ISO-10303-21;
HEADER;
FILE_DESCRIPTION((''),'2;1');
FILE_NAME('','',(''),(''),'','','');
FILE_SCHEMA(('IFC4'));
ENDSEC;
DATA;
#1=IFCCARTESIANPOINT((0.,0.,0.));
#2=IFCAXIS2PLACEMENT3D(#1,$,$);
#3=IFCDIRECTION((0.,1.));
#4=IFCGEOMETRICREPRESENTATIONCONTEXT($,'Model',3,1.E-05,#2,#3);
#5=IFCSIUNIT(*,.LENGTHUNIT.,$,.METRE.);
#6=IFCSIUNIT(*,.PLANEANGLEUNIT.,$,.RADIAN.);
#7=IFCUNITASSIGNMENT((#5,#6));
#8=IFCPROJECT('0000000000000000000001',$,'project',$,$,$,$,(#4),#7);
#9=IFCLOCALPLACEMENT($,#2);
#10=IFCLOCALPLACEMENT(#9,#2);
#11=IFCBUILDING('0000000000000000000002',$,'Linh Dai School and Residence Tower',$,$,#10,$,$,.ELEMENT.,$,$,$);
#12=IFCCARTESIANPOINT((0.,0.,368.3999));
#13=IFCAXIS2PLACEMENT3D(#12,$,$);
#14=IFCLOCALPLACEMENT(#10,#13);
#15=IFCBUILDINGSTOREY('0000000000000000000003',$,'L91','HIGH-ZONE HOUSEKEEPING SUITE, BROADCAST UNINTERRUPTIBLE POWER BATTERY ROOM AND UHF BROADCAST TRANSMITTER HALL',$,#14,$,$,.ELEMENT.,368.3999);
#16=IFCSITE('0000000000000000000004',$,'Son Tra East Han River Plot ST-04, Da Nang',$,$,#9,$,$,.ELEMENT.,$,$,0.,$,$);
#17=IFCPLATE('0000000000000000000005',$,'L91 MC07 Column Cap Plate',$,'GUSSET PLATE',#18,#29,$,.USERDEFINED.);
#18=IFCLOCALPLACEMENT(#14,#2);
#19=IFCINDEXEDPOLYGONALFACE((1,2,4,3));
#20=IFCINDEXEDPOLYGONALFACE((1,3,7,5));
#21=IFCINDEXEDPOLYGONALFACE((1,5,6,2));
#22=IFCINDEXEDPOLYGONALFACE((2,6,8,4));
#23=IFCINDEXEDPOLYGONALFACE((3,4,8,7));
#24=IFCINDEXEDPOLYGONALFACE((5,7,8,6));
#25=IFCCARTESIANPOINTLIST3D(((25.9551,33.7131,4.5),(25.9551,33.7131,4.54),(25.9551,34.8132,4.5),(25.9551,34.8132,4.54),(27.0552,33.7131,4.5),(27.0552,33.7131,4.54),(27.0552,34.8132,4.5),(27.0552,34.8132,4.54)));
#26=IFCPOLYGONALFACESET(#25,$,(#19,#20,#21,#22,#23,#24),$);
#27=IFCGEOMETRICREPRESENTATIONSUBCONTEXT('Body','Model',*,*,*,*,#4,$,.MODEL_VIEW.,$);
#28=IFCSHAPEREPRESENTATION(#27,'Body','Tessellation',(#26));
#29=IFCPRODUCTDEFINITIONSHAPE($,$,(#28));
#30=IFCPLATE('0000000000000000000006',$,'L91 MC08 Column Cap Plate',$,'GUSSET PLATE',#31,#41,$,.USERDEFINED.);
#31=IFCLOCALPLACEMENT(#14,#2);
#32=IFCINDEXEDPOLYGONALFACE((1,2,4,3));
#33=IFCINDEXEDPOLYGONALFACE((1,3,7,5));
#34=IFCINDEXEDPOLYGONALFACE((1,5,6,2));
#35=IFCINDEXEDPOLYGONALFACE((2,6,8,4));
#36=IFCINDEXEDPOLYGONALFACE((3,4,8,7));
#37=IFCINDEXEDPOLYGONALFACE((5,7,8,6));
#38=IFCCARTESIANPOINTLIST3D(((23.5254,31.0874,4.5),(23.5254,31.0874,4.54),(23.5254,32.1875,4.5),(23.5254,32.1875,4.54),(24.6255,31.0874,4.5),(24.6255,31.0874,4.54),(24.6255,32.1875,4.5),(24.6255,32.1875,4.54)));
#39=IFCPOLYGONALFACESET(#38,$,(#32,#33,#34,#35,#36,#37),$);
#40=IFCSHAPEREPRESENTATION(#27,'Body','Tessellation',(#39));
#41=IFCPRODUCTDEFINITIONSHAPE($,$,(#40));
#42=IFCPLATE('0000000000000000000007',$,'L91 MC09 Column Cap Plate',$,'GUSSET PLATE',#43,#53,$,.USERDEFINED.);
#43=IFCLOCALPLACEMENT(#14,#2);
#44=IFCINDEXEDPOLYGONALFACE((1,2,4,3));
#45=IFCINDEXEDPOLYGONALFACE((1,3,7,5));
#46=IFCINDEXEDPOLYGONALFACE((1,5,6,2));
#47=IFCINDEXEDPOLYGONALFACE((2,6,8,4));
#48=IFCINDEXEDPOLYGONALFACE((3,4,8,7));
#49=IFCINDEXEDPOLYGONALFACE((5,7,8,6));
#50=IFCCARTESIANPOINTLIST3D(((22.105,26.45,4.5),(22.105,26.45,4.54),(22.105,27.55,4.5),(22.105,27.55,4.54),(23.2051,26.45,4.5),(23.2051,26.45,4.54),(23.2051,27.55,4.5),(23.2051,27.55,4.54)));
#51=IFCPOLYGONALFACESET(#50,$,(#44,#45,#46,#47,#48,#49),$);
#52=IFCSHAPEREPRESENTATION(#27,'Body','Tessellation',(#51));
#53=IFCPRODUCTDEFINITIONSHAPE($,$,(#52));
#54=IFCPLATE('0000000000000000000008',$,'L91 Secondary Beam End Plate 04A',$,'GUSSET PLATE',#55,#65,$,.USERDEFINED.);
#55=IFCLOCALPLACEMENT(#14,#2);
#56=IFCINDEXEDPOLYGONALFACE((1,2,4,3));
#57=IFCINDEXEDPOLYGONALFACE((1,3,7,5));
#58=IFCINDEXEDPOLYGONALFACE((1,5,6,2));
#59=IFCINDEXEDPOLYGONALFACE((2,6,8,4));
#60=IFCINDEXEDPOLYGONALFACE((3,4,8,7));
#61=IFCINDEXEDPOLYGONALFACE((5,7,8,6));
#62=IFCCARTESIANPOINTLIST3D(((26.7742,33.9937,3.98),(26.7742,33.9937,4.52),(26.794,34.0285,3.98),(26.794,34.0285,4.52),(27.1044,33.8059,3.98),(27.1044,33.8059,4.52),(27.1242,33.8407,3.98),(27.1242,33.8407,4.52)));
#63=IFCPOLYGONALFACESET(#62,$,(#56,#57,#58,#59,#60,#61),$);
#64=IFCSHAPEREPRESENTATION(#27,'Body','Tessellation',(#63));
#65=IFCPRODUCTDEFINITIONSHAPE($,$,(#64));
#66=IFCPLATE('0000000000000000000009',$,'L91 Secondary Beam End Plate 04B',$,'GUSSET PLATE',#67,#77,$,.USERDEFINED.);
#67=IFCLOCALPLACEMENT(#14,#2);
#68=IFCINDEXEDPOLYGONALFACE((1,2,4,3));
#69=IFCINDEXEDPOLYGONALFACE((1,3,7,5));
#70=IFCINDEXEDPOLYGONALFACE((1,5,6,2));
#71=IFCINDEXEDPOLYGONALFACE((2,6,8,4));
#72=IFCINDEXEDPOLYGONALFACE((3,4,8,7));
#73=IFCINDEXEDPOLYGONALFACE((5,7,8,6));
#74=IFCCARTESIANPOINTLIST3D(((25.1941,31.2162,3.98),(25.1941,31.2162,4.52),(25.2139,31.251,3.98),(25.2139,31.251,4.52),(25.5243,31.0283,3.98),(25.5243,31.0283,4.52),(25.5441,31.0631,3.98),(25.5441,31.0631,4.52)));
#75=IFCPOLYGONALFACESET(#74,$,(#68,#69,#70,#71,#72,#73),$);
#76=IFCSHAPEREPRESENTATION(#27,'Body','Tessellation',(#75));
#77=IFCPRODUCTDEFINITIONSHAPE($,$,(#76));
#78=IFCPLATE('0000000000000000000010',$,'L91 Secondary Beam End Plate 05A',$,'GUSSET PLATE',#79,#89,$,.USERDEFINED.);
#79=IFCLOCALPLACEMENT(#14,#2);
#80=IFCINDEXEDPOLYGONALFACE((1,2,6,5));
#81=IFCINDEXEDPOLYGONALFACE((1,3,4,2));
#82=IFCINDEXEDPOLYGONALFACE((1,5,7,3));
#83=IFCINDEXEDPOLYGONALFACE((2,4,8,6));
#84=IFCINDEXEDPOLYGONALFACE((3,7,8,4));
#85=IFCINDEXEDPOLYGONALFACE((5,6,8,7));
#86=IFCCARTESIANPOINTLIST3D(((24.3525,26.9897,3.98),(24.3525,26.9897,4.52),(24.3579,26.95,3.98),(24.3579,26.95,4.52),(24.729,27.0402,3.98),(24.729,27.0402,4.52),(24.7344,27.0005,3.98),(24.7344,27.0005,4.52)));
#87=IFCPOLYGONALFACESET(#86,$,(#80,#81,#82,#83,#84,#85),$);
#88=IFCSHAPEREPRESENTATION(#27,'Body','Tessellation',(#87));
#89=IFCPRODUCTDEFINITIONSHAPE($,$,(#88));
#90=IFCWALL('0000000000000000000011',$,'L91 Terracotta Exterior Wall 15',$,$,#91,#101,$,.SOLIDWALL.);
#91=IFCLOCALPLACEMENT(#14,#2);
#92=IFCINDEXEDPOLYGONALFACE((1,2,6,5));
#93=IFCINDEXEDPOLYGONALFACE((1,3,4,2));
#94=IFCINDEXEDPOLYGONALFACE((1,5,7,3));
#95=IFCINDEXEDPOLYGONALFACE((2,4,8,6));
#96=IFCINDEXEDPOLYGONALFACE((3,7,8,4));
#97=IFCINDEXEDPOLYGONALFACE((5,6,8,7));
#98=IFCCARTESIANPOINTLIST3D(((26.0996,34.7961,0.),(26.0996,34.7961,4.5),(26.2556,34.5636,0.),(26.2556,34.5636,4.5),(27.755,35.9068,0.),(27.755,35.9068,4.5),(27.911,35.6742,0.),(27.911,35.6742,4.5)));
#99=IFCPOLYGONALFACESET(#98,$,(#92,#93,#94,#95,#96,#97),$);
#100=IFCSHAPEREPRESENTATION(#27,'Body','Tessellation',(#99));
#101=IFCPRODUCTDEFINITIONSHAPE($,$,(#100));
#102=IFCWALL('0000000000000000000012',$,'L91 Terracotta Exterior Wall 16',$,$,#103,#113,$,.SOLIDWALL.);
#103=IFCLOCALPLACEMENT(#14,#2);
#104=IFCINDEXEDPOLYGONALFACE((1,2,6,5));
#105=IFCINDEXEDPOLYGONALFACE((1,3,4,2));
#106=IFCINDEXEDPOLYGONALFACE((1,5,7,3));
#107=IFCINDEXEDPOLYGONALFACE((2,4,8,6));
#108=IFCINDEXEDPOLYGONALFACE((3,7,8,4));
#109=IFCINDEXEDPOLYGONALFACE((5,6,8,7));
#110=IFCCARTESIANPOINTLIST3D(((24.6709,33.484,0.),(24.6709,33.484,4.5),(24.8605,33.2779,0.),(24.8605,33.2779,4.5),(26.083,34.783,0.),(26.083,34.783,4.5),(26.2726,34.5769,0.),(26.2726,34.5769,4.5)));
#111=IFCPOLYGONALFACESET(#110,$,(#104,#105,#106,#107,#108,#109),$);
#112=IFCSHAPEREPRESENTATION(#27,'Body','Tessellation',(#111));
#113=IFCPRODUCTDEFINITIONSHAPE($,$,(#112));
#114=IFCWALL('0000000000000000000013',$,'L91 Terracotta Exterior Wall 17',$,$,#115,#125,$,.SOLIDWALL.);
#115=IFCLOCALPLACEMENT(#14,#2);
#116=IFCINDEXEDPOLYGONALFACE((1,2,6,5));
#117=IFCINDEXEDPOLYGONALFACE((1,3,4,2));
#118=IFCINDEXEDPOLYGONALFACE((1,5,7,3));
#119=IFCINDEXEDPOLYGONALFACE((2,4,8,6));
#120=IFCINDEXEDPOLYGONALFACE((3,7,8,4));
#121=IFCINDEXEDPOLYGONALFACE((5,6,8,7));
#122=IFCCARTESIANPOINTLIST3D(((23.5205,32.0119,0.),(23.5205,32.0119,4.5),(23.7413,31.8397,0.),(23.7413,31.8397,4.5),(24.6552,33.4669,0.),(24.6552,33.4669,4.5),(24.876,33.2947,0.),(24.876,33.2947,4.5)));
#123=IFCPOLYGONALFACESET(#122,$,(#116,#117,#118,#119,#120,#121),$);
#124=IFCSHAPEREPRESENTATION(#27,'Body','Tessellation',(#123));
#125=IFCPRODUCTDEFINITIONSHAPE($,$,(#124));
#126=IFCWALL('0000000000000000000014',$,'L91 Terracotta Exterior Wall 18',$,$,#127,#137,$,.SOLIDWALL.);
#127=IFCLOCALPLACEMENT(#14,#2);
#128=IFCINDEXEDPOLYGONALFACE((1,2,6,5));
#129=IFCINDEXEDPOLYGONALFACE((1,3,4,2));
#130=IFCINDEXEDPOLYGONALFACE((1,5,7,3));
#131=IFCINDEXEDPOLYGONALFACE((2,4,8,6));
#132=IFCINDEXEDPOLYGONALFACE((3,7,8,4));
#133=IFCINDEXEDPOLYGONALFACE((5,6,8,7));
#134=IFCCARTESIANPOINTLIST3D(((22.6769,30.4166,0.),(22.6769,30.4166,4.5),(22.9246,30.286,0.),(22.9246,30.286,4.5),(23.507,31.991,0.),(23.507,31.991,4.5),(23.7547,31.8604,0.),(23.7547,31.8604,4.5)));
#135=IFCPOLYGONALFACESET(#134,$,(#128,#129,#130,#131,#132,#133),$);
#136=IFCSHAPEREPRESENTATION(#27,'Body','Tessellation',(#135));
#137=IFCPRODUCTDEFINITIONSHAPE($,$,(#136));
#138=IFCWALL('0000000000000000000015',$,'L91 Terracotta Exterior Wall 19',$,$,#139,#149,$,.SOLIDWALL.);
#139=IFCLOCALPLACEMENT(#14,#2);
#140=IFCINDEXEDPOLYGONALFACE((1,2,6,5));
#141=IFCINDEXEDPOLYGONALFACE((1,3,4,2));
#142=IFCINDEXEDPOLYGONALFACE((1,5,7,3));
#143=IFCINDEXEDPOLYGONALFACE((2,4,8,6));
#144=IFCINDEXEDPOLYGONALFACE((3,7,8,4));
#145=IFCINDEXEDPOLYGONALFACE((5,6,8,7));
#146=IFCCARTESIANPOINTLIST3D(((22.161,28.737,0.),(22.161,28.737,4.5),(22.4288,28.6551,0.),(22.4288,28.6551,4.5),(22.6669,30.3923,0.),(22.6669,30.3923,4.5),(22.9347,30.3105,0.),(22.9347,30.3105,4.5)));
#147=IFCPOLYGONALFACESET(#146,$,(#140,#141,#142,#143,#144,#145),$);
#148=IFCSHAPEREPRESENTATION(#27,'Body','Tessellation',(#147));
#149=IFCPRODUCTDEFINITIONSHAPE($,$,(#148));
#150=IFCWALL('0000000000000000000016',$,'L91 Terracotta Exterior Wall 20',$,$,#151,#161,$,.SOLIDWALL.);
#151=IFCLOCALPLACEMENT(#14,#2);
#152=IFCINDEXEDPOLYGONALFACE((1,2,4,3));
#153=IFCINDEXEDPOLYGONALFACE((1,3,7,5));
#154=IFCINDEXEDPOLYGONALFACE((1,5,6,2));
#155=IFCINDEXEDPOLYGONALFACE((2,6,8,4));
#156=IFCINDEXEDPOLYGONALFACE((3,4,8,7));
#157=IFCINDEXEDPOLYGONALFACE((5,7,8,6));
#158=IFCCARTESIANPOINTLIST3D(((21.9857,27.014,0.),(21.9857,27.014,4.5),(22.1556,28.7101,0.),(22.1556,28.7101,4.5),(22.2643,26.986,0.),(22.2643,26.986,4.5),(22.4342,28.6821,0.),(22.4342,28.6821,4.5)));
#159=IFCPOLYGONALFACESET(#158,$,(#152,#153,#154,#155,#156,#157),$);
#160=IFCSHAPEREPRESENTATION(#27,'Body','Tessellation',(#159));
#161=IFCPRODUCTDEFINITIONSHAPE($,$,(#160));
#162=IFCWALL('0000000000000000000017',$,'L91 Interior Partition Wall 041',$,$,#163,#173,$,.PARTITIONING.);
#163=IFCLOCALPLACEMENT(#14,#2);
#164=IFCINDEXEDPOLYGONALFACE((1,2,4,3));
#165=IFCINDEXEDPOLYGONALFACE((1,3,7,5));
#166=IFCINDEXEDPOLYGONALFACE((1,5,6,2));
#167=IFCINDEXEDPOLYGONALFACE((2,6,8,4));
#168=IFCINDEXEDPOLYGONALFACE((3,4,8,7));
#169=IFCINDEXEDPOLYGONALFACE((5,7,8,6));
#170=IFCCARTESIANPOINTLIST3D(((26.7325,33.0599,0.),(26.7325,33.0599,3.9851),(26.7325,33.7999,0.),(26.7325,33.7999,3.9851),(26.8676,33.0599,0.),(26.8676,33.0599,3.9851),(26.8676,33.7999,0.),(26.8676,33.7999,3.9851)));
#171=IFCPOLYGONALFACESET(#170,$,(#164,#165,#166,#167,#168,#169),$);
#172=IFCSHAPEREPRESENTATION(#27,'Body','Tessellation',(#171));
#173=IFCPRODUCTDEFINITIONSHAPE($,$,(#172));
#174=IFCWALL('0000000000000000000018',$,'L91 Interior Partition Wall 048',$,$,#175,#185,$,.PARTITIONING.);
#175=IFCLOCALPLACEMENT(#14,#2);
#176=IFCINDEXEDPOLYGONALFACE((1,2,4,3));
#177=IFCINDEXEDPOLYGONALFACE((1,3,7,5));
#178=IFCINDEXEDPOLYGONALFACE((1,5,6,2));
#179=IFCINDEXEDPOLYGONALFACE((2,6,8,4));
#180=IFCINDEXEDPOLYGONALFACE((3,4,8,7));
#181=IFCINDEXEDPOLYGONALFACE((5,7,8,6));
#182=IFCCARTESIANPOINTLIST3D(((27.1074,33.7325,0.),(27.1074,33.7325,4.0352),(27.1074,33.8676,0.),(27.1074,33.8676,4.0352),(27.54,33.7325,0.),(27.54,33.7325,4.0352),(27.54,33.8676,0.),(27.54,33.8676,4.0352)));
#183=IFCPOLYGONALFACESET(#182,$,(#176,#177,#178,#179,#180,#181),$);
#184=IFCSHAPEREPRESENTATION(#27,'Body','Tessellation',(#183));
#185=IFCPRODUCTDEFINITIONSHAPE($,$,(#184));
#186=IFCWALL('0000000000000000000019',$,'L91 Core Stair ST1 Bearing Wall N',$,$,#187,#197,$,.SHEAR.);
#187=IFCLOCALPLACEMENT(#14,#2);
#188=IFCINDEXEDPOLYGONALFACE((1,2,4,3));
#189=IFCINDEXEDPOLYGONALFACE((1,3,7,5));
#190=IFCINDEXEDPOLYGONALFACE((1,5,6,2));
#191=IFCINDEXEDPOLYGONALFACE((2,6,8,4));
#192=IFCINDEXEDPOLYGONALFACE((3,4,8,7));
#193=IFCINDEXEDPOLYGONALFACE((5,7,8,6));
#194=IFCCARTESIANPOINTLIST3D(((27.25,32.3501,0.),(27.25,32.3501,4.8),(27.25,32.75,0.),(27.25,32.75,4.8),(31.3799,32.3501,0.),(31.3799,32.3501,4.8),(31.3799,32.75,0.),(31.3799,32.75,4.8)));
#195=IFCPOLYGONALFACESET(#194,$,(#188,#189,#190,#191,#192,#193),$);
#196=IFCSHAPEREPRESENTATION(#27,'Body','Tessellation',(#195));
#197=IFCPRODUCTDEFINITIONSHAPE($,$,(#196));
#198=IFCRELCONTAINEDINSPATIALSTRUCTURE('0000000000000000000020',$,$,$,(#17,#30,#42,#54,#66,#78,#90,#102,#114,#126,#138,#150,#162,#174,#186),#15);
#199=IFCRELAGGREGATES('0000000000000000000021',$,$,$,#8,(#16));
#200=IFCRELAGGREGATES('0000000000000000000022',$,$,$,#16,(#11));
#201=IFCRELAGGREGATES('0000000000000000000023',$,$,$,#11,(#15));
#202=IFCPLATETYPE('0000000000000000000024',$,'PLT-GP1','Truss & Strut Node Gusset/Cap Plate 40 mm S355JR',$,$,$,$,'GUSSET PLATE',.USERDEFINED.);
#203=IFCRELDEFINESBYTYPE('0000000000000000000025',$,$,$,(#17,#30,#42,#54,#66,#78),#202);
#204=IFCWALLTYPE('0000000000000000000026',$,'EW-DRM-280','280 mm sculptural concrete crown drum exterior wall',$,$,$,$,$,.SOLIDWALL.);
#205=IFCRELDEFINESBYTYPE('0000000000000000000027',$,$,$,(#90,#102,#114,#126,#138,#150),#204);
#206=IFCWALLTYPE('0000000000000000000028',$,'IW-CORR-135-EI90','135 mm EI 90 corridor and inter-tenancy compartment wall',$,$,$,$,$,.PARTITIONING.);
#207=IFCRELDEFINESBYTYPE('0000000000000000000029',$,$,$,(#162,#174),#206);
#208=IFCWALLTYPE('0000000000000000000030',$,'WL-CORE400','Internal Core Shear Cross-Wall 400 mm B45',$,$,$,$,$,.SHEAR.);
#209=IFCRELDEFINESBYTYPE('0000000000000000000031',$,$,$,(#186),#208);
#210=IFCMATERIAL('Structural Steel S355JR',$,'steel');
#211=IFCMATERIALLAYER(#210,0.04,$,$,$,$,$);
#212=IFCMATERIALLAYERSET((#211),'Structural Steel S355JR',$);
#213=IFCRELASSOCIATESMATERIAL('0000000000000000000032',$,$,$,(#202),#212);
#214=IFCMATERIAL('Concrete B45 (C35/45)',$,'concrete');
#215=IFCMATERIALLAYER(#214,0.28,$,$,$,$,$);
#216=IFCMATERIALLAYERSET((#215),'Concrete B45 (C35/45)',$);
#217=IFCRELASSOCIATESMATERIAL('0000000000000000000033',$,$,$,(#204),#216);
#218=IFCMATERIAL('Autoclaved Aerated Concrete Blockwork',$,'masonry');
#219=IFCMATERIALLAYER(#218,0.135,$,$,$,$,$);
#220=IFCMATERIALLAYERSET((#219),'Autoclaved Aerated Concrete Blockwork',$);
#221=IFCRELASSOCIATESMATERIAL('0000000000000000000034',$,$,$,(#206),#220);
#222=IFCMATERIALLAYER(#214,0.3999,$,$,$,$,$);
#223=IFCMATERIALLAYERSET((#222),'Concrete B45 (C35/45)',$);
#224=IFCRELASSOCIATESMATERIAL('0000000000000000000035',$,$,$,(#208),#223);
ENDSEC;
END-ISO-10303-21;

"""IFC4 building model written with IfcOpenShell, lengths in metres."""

from ifc_helpers import new_model, si_unit, direction, frame, frame_2d, origin, origin_2d, place, context, subcontext, project, spatial, rectangle, extrude, source, transform, mapped, material, layer, layer_set, type_object, element, save


model = new_model("IFC4")

# Units and contexts
model_context = context("Model", 3, precision=1e-05, world=origin(), true_north=direction((0.0, 1.0)))
body_context = subcontext(model_context, "Body", "Model", "MODEL_VIEW")
ifc_project = project(units=[si_unit("LENGTHUNIT", "METRE"), si_unit("PLANEANGLEUNIT", "RADIAN")], contexts=[model_context])

# Site, building, storey
site_placement = place(None, origin())
site = spatial("IfcSite", under=ifc_project, at=site_placement, Name="Son Tra East Han River Plot ST-04, Da Nang", CompositionType="ELEMENT", RefElevation=0.0)
building_placement = place(site_placement, origin())
building = spatial("IfcBuilding", under=site, at=building_placement, Name="Linh Dai School and Residence Tower", CompositionType="ELEMENT")
storey_placement = place(building_placement, frame((0.0, 0.0, 368.3999)))
storey = spatial("IfcBuildingStorey", under=building, at=storey_placement, Name="L91", Description="HIGH-ZONE HOUSEKEEPING SUITE, BROADCAST UNINTERRUPTIBLE POWER BATTERY ROOM AND UHF BROADCAST TRANSMITTER HALL", CompositionType="ELEMENT", Elevation=368.3999)

# Shared definitions
ifc_material_1 = material(Name="Concrete B45 (C35/45)", Category="concrete")
ifc_material_2 = material(Name="Structural Steel S355JR", Category="steel")

# Plates
ifc_layer_1 = layer(ifc_material_2, 0.04)
ifc_layer_set_1 = layer_set([ifc_layer_1], Name="Structural Steel S355JR")
plate_type = type_object("IfcPlateType", Name="PLT-GP1", Description="Truss & Strut Node Gusset/Cap Plate 40 mm S355JR", ElementType="GUSSET PLATE", PredefinedType="USERDEFINED", material=ifc_layer_set_1)
shared_shape_1 = source(origin(), body_context, "Body", "SweptSolid", [
    extrude(rectangle(XDim=1.1001, YDim=1.1001, at=origin_2d()), origin(), (0.0, 0.0, 1.0), 0.04),
])
for number, where, z_axis, x_axis, name in (
    (1, (26.5051, 34.2632, 4.5), (0.0, 0.0, 1.0), (1.0, 0.0, 0.0), "L91 MC07 Column Cap Plate"),
    (2, (24.0754, 31.6375, 4.5), (0.0, 0.0, 1.0), (1.0, 0.0, 0.0), "L91 MC08 Column Cap Plate"),
    (3, (22.655, 27.0, 4.5), (0.0, 0.0, 1.0), (1.0, 0.0, 0.0), "L91 MC09 Column Cap Plate"),
):
    element("IfcPlate", number, at=place(storey_placement, frame(where, z_axis=z_axis, x_axis=x_axis)), inside=storey, type_object=plate_type, Name=name, ObjectType="GUSSET PLATE", PredefinedType="USERDEFINED", context=body_context, shape_type="MappedRepresentation", body=[
        mapped(shared_shape_1, transform((0.0, 0.0, 0.0), x_axis=(1.0, 0.0, 0.0), y_axis=(0.0, 1.0, 0.0), z_axis=(0.0, 0.0, 1.0), scale=1.0)),
    ])
shared_shape_2 = source(origin(), body_context, "Body", "SweptSolid", [
    extrude(rectangle(XDim=0.04, YDim=0.3799, at=origin_2d()), origin(), (0.0, 0.0, 1.0), 0.54),
])
for number, where, z_axis, x_axis, name in (
    (4, (26.9492, 33.9172, 3.98), (0.0, 0.0, 1.0), (-0.494418, -0.869224, 0.0), "L91 Secondary Beam End Plate 04A"),
    (5, (25.3691, 31.1396, 3.98), (0.0, 0.0, 1.0), (-0.494418, -0.869224, 0.0), "L91 Secondary Beam End Plate 04B"),
    (6, (24.5435, 26.9951, 3.98), (0.0, 0.0, 1.0), (0.132973, -0.99112, 0.0), "L91 Secondary Beam End Plate 05A"),
):
    element("IfcPlate", number, at=place(storey_placement, frame(where, z_axis=z_axis, x_axis=x_axis)), inside=storey, type_object=plate_type, Name=name, ObjectType="GUSSET PLATE", PredefinedType="USERDEFINED", context=body_context, shape_type="MappedRepresentation", body=[
        mapped(shared_shape_2, transform((0.0, 0.0, 0.0), x_axis=(1.0, 0.0, 0.0), y_axis=(0.0, 1.0, 0.0), z_axis=(0.0, 0.0, 1.0), scale=1.0)),
    ])

# Walls
ifc_layer_2 = layer(ifc_material_1, 0.28)
ifc_layer_set_2 = layer_set([ifc_layer_2], Name="Concrete B45 (C35/45)")
wall_type_1 = type_object("IfcWallType", Name="EW-DRM-280", Description="280 mm sculptural concrete crown drum exterior wall", PredefinedType="SOLIDWALL", material=ifc_layer_set_2)
wall_1_placement = place(storey_placement, frame((26.1777, 34.6799, 0.0), z_axis=(0.0, 0.0, 1.0), x_axis=(0.830407, 0.557157, 0.0)))
element("IfcWall", 7, at=wall_1_placement, inside=storey, type_object=wall_type_1, Name="L91 Terracotta Exterior Wall 15", PredefinedType="SOLIDWALL", context=body_context, shape_type="SweptSolid", body=[
    extrude(rectangle(XDim=1.9934, YDim=0.28, at=frame_2d((0.9966, 0.0))), origin(), (0.0, 0.0, 1.0), 4.5),
])
wall_2_placement = place(storey_placement, frame((24.7656, 33.3809, 0.0), z_axis=(0.0, 0.0, 1.0), x_axis=(0.735949, 0.677037, 0.0)))
element("IfcWall", 8, at=wall_2_placement, inside=storey, type_object=wall_type_1, Name="L91 Terracotta Exterior Wall 16", PredefinedType="SOLIDWALL", context=body_context, shape_type="SweptSolid", body=[
    extrude(rectangle(XDim=1.9187, YDim=0.28, at=frame_2d((0.9595, 0.0))), origin(), (0.0, 0.0, 1.0), 4.5),
])
wall_3_placement = place(storey_placement, frame((23.6309, 31.9258, 0.0), z_axis=(0.0, 0.0, 1.0), x_axis=(0.614966, 0.788554, 0.0)))
element("IfcWall", 9, at=wall_3_placement, inside=storey, type_object=wall_type_1, Name="L91 Terracotta Exterior Wall 17", PredefinedType="SOLIDWALL", context=body_context, shape_type="SweptSolid", body=[
    extrude(rectangle(XDim=1.8452, YDim=0.28, at=frame_2d((0.9226, 0.0))), origin(), (0.0, 0.0, 1.0), 4.5),
])
wall_4_placement = place(storey_placement, frame((22.8008, 30.3513, 0.0), z_axis=(0.0, 0.0, 1.0), x_axis=(0.466368, 0.884591, 0.0)))
element("IfcWall", 10, at=wall_4_placement, inside=storey, type_object=wall_type_1, Name="L91 Terracotta Exterior Wall 18", PredefinedType="SOLIDWALL", context=body_context, shape_type="SweptSolid", body=[
    extrude(rectangle(XDim=1.7798, YDim=0.28, at=frame_2d((0.8899, 0.0))), origin(), (0.0, 0.0, 1.0), 4.5),
])
wall_5_placement = place(storey_placement, frame((22.2949, 28.696, 0.0), z_axis=(0.0, 0.0, 1.0), x_axis=(0.292262, 0.956338, 0.0)))
element("IfcWall", 11, at=wall_5_placement, inside=storey, type_object=wall_type_1, Name="L91 Terracotta Exterior Wall 19", PredefinedType="SOLIDWALL", context=body_context, shape_type="SweptSolid", body=[
    extrude(rectangle(XDim=1.731, YDim=0.28, at=frame_2d((0.8655, 0.0))), origin(), (0.0, 0.0, 1.0), 4.5),
])
wall_6_placement = place(storey_placement, frame((22.125, 27.0, 0.0), z_axis=(0.0, 0.0, 1.0), x_axis=(0.099688, 0.995019, 0.0)))
element("IfcWall", 12, at=wall_6_placement, inside=storey, type_object=wall_type_1, Name="L91 Terracotta Exterior Wall 20", PredefinedType="SOLIDWALL", context=body_context, shape_type="SweptSolid", body=[
    extrude(rectangle(XDim=1.7046, YDim=0.28, at=frame_2d((0.8523, 0.0))), origin(), (0.0, 0.0, 1.0), 4.5),
])
ifc_material_3 = material(Name="Autoclaved Aerated Concrete Blockwork", Category="masonry")
ifc_layer_3 = layer(ifc_material_3, 0.135)
ifc_layer_set_3 = layer_set([ifc_layer_3], Name="Autoclaved Aerated Concrete Blockwork")
wall_type_2 = type_object("IfcWallType", Name="IW-CORR-135-EI90", Description="135 mm EI 90 corridor and inter-tenancy compartment wall", PredefinedType="PARTITIONING", material=ifc_layer_set_3)
wall_7_placement = place(storey_placement, frame((26.8, 33.8, 0.0), z_axis=(0.0, 0.0, 1.0), x_axis=(0.0, -1.0, 0.0)))
element("IfcWall", 13, at=wall_7_placement, inside=storey, type_object=wall_type_2, Name="L91 Interior Partition Wall 041", PredefinedType="PARTITIONING", context=body_context, shape_type="SweptSolid", body=[
    extrude(rectangle(XDim=0.74, YDim=0.135, at=frame_2d((0.3701, 0.0))), origin(), (0.0, 0.0, 1.0), 3.9851),
])
wall_8_placement = place(storey_placement, frame((27.54, 33.8, 0.0), z_axis=(0.0, 0.0, 1.0), x_axis=(-1.0, 0.0, 0.0)))
element("IfcWall", 14, at=wall_8_placement, inside=storey, type_object=wall_type_2, Name="L91 Interior Partition Wall 048", PredefinedType="PARTITIONING", context=body_context, shape_type="SweptSolid", body=[
    extrude(rectangle(XDim=0.4326, YDim=0.135, at=frame_2d((0.2163, 0.0))), origin(), (0.0, 0.0, 1.0), 4.0352),
])
ifc_layer_4 = layer(ifc_material_1, 0.3999)
ifc_layer_set_4 = layer_set([ifc_layer_4], Name="Concrete B45 (C35/45)")
wall_type_3 = type_object("IfcWallType", Name="WL-CORE400", Description="Internal Core Shear Cross-Wall 400 mm B45", PredefinedType="SHEAR", material=ifc_layer_set_4)
wall_9_placement = place(storey_placement, frame((27.25, 32.55, 0.0), z_axis=(0.0, 0.0, 1.0), x_axis=(1.0, 0.0, 0.0)))
element("IfcWall", 15, at=wall_9_placement, inside=storey, type_object=wall_type_3, Name="L91 Core Stair ST1 Bearing Wall N", PredefinedType="SHEAR", context=body_context, shape_type="SweptSolid", body=[
    extrude(rectangle(XDim=4.1299, YDim=0.3999, at=frame_2d((2.0649, 0.0))), origin(), (0.0, 0.0, 1.0), 4.8),
])

save(model, "model.ifc")
